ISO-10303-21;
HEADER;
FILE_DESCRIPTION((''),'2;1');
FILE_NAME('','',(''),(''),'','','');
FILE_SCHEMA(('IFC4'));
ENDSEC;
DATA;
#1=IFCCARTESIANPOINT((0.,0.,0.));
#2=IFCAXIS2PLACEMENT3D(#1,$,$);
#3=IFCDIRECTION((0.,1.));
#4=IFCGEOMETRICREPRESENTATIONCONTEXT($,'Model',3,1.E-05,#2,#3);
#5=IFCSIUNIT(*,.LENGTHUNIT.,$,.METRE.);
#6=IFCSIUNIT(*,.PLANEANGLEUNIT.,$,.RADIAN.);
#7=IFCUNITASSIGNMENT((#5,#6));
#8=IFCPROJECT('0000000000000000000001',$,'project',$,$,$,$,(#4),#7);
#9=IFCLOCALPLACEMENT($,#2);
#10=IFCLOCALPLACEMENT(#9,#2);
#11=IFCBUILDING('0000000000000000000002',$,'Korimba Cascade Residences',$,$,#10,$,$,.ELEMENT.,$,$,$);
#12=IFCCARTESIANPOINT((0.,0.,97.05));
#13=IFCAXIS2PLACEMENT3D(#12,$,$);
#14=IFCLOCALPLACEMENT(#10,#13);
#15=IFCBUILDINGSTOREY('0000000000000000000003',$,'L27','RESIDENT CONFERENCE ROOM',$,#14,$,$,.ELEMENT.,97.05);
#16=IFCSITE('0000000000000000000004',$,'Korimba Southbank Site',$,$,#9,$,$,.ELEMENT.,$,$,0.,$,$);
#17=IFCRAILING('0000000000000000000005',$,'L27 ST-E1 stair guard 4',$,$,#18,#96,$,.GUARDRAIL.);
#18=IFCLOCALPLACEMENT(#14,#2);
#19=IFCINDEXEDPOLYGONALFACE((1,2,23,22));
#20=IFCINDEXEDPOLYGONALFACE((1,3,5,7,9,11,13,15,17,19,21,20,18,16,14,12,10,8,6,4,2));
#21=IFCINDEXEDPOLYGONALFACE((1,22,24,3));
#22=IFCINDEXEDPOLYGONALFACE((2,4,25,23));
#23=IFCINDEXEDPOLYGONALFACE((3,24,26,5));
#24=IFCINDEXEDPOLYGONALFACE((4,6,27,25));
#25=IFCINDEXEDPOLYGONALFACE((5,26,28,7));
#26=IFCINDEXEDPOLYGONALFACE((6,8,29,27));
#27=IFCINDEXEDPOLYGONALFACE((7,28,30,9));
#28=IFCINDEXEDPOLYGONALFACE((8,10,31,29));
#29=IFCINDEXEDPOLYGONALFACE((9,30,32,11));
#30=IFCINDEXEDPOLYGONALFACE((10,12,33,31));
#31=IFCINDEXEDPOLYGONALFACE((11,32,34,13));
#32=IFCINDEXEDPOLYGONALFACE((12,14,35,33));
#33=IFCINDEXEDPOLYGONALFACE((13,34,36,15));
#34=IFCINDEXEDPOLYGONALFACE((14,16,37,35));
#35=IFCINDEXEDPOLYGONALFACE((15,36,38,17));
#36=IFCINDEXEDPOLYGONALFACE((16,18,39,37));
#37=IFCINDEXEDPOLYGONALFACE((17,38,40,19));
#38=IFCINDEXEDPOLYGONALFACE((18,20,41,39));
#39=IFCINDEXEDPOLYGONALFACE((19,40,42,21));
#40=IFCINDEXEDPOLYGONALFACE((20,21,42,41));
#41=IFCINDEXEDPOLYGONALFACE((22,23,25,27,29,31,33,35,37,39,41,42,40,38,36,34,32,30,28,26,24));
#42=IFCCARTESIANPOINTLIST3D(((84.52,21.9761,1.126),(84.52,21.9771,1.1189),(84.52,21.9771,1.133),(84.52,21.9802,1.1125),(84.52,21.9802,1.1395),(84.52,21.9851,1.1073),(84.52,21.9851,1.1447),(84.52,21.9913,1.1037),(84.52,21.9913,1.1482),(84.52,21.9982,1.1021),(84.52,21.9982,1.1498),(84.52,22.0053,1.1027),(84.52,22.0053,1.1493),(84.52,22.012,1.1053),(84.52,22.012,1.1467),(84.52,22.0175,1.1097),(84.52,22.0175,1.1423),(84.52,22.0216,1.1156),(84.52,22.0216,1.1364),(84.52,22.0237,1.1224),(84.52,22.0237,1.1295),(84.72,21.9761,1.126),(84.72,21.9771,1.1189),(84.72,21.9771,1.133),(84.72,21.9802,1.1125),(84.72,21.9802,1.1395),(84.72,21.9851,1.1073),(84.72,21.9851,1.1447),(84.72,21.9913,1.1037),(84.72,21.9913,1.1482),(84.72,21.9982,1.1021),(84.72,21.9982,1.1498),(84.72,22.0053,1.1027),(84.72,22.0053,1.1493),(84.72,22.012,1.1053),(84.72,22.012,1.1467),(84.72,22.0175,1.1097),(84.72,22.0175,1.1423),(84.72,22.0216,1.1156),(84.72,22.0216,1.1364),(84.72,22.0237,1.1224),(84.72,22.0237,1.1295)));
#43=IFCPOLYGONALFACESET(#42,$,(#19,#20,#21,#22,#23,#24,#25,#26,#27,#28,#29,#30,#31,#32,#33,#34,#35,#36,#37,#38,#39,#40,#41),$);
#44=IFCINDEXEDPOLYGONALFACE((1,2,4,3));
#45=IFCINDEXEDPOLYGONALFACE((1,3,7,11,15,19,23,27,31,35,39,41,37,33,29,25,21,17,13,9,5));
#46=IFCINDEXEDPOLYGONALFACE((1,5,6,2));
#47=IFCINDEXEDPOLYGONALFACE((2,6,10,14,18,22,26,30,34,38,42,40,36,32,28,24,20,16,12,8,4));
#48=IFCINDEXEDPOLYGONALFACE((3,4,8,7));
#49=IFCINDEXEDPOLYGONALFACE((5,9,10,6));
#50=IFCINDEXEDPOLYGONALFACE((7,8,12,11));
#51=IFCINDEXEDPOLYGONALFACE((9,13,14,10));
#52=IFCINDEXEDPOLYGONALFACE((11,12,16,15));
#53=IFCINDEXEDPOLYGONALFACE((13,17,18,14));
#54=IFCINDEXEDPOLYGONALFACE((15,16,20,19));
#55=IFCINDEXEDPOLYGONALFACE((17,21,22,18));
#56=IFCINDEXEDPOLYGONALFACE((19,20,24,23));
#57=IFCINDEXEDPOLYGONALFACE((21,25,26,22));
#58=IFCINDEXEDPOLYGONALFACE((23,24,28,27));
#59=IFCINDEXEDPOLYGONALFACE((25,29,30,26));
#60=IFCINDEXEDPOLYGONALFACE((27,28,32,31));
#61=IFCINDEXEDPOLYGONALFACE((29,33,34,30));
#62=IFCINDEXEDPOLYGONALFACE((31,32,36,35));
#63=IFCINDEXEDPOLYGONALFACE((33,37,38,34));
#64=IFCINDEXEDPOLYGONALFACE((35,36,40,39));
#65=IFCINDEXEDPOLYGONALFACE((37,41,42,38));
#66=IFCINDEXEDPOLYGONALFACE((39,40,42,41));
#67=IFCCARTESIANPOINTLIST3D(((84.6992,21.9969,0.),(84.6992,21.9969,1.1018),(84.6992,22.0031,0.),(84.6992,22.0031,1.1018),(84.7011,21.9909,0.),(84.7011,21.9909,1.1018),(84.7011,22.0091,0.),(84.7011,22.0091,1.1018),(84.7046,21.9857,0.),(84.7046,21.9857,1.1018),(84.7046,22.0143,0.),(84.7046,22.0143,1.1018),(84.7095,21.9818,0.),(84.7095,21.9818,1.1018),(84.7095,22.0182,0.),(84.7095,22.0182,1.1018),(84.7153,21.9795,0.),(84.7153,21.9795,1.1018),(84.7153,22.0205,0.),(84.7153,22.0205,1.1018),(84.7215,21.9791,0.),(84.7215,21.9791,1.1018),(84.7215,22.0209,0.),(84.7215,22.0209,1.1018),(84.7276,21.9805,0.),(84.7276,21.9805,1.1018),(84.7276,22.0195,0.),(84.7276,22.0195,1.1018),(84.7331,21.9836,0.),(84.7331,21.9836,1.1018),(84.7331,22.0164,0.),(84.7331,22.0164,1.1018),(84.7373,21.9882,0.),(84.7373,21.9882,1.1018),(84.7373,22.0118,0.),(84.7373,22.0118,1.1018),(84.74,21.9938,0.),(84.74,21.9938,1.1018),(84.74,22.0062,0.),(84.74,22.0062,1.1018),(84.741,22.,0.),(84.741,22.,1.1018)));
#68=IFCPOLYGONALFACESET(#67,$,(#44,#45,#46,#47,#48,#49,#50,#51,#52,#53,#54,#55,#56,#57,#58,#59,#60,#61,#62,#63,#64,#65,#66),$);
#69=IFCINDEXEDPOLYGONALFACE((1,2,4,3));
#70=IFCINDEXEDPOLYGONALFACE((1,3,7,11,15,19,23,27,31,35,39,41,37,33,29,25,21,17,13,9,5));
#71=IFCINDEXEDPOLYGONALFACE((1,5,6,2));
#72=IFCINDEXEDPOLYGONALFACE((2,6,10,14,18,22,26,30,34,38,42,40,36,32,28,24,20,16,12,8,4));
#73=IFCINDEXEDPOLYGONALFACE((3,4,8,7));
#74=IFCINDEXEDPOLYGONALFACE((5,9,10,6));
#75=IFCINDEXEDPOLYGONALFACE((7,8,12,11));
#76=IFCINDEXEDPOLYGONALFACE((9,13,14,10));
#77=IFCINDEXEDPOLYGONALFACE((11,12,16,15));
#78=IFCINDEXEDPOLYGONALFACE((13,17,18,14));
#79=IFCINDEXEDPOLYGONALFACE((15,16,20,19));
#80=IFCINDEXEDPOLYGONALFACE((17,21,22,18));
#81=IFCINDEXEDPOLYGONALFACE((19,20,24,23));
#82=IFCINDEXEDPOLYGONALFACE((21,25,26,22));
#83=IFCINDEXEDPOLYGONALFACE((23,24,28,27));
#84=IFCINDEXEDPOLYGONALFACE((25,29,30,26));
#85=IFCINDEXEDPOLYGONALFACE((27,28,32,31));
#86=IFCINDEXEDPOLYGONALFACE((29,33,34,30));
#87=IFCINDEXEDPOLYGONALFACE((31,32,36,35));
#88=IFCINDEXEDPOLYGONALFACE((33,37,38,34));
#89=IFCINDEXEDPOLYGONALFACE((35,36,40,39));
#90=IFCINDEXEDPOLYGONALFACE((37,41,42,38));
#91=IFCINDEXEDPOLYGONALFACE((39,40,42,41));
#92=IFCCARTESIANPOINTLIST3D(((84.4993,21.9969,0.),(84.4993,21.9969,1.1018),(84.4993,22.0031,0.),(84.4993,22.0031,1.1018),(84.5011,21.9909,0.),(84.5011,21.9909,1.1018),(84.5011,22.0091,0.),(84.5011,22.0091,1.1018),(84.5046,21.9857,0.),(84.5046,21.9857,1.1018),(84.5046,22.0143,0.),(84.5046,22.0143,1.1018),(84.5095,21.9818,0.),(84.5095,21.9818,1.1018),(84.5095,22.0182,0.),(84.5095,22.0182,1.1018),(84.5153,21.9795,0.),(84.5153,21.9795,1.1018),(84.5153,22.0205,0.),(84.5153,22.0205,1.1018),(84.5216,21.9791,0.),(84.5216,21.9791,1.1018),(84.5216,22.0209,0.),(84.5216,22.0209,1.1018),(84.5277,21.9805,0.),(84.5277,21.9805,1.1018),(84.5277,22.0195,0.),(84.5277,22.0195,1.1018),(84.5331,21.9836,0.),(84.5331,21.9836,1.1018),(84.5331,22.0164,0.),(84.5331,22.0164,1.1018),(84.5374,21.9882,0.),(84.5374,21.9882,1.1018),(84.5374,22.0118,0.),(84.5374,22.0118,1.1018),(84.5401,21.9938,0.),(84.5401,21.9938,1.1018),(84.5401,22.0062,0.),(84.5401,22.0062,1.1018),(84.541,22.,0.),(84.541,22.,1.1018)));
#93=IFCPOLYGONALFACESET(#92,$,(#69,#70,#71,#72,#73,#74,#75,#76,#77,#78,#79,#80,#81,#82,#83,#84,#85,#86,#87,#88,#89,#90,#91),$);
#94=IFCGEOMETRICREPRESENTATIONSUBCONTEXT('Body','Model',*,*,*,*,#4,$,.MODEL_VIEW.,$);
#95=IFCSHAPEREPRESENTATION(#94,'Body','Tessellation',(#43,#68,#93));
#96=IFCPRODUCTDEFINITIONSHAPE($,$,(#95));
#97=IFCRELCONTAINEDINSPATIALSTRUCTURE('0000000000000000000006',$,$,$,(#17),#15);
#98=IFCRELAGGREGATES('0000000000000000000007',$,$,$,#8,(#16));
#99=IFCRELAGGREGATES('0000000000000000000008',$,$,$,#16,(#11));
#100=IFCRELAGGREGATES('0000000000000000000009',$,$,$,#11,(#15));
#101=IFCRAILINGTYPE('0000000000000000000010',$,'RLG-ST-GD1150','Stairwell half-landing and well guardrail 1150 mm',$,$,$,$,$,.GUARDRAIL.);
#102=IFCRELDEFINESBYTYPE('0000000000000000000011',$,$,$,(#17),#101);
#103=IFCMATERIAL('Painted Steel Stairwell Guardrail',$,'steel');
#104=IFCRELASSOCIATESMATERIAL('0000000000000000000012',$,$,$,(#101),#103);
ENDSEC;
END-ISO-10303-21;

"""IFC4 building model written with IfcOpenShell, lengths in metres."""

from ifc_helpers import new_model, si_unit, direction, frame, origin, origin_2d, place, context, subcontext, project, spatial, circle, extrude, material, type_object, element, save


model = new_model("IFC4")

# Units and contexts
model_context = context("Model", 3, precision=1e-05, world=origin(), true_north=direction((0.0, 1.0)))
body_context = subcontext(model_context, "Body", "Model", "MODEL_VIEW")
ifc_project = project(units=[si_unit("LENGTHUNIT", "METRE"), si_unit("PLANEANGLEUNIT", "RADIAN")], contexts=[model_context])

# Site, building, storey
site_placement = place(None, origin())
site = spatial("IfcSite", under=ifc_project, at=site_placement, Name="Korimba Southbank Site", CompositionType="ELEMENT", RefElevation=0.0)
building_placement = place(site_placement, origin())
building = spatial("IfcBuilding", under=site, at=building_placement, Name="Korimba Cascade Residences", CompositionType="ELEMENT")
storey_placement = place(building_placement, frame((0.0, 0.0, 97.05)))
storey = spatial("IfcBuildingStorey", under=building, at=storey_placement, Name="L27", Description="RESIDENT CONFERENCE ROOM", CompositionType="ELEMENT", Elevation=97.05)

# Railing
ifc_material_1 = material(Name="Painted Steel Stairwell Guardrail", Category="steel")
railing_type_1 = type_object("IfcRailingType", Name="RLG-ST-GD1150", Description="Stairwell half-landing and well guardrail 1150 mm", PredefinedType="GUARDRAIL", material=ifc_material_1)
railing_1_placement = place(storey_placement, frame((84.72, 22.0, 0.0)))
element("IfcRailing", 1, at=railing_1_placement, inside=storey, type_object=railing_type_1, Name="L27 ST-E1 stair guard 4", PredefinedType="GUARDRAIL", context=body_context, shape_type="SweptSolid", body=[
    extrude(circle(Radius=0.0239, at=origin_2d()), frame((0.0, 0.0, 1.126), z_axis=(-1.0, 0.0, 0.0), x_axis=(0.0, -1.0, 0.0)), (0.0, 0.0, 1.0), 0.2),
    extrude(circle(Radius=0.021, at=origin_2d()), origin(), (0.0, 0.0, 1.0), 1.1018),
    extrude(circle(Radius=0.021, at=origin_2d()), frame((-0.2, 0.0, 0.0)), (0.0, 0.0, 1.0), 1.1018),
])

save(model, "model.ifc")
